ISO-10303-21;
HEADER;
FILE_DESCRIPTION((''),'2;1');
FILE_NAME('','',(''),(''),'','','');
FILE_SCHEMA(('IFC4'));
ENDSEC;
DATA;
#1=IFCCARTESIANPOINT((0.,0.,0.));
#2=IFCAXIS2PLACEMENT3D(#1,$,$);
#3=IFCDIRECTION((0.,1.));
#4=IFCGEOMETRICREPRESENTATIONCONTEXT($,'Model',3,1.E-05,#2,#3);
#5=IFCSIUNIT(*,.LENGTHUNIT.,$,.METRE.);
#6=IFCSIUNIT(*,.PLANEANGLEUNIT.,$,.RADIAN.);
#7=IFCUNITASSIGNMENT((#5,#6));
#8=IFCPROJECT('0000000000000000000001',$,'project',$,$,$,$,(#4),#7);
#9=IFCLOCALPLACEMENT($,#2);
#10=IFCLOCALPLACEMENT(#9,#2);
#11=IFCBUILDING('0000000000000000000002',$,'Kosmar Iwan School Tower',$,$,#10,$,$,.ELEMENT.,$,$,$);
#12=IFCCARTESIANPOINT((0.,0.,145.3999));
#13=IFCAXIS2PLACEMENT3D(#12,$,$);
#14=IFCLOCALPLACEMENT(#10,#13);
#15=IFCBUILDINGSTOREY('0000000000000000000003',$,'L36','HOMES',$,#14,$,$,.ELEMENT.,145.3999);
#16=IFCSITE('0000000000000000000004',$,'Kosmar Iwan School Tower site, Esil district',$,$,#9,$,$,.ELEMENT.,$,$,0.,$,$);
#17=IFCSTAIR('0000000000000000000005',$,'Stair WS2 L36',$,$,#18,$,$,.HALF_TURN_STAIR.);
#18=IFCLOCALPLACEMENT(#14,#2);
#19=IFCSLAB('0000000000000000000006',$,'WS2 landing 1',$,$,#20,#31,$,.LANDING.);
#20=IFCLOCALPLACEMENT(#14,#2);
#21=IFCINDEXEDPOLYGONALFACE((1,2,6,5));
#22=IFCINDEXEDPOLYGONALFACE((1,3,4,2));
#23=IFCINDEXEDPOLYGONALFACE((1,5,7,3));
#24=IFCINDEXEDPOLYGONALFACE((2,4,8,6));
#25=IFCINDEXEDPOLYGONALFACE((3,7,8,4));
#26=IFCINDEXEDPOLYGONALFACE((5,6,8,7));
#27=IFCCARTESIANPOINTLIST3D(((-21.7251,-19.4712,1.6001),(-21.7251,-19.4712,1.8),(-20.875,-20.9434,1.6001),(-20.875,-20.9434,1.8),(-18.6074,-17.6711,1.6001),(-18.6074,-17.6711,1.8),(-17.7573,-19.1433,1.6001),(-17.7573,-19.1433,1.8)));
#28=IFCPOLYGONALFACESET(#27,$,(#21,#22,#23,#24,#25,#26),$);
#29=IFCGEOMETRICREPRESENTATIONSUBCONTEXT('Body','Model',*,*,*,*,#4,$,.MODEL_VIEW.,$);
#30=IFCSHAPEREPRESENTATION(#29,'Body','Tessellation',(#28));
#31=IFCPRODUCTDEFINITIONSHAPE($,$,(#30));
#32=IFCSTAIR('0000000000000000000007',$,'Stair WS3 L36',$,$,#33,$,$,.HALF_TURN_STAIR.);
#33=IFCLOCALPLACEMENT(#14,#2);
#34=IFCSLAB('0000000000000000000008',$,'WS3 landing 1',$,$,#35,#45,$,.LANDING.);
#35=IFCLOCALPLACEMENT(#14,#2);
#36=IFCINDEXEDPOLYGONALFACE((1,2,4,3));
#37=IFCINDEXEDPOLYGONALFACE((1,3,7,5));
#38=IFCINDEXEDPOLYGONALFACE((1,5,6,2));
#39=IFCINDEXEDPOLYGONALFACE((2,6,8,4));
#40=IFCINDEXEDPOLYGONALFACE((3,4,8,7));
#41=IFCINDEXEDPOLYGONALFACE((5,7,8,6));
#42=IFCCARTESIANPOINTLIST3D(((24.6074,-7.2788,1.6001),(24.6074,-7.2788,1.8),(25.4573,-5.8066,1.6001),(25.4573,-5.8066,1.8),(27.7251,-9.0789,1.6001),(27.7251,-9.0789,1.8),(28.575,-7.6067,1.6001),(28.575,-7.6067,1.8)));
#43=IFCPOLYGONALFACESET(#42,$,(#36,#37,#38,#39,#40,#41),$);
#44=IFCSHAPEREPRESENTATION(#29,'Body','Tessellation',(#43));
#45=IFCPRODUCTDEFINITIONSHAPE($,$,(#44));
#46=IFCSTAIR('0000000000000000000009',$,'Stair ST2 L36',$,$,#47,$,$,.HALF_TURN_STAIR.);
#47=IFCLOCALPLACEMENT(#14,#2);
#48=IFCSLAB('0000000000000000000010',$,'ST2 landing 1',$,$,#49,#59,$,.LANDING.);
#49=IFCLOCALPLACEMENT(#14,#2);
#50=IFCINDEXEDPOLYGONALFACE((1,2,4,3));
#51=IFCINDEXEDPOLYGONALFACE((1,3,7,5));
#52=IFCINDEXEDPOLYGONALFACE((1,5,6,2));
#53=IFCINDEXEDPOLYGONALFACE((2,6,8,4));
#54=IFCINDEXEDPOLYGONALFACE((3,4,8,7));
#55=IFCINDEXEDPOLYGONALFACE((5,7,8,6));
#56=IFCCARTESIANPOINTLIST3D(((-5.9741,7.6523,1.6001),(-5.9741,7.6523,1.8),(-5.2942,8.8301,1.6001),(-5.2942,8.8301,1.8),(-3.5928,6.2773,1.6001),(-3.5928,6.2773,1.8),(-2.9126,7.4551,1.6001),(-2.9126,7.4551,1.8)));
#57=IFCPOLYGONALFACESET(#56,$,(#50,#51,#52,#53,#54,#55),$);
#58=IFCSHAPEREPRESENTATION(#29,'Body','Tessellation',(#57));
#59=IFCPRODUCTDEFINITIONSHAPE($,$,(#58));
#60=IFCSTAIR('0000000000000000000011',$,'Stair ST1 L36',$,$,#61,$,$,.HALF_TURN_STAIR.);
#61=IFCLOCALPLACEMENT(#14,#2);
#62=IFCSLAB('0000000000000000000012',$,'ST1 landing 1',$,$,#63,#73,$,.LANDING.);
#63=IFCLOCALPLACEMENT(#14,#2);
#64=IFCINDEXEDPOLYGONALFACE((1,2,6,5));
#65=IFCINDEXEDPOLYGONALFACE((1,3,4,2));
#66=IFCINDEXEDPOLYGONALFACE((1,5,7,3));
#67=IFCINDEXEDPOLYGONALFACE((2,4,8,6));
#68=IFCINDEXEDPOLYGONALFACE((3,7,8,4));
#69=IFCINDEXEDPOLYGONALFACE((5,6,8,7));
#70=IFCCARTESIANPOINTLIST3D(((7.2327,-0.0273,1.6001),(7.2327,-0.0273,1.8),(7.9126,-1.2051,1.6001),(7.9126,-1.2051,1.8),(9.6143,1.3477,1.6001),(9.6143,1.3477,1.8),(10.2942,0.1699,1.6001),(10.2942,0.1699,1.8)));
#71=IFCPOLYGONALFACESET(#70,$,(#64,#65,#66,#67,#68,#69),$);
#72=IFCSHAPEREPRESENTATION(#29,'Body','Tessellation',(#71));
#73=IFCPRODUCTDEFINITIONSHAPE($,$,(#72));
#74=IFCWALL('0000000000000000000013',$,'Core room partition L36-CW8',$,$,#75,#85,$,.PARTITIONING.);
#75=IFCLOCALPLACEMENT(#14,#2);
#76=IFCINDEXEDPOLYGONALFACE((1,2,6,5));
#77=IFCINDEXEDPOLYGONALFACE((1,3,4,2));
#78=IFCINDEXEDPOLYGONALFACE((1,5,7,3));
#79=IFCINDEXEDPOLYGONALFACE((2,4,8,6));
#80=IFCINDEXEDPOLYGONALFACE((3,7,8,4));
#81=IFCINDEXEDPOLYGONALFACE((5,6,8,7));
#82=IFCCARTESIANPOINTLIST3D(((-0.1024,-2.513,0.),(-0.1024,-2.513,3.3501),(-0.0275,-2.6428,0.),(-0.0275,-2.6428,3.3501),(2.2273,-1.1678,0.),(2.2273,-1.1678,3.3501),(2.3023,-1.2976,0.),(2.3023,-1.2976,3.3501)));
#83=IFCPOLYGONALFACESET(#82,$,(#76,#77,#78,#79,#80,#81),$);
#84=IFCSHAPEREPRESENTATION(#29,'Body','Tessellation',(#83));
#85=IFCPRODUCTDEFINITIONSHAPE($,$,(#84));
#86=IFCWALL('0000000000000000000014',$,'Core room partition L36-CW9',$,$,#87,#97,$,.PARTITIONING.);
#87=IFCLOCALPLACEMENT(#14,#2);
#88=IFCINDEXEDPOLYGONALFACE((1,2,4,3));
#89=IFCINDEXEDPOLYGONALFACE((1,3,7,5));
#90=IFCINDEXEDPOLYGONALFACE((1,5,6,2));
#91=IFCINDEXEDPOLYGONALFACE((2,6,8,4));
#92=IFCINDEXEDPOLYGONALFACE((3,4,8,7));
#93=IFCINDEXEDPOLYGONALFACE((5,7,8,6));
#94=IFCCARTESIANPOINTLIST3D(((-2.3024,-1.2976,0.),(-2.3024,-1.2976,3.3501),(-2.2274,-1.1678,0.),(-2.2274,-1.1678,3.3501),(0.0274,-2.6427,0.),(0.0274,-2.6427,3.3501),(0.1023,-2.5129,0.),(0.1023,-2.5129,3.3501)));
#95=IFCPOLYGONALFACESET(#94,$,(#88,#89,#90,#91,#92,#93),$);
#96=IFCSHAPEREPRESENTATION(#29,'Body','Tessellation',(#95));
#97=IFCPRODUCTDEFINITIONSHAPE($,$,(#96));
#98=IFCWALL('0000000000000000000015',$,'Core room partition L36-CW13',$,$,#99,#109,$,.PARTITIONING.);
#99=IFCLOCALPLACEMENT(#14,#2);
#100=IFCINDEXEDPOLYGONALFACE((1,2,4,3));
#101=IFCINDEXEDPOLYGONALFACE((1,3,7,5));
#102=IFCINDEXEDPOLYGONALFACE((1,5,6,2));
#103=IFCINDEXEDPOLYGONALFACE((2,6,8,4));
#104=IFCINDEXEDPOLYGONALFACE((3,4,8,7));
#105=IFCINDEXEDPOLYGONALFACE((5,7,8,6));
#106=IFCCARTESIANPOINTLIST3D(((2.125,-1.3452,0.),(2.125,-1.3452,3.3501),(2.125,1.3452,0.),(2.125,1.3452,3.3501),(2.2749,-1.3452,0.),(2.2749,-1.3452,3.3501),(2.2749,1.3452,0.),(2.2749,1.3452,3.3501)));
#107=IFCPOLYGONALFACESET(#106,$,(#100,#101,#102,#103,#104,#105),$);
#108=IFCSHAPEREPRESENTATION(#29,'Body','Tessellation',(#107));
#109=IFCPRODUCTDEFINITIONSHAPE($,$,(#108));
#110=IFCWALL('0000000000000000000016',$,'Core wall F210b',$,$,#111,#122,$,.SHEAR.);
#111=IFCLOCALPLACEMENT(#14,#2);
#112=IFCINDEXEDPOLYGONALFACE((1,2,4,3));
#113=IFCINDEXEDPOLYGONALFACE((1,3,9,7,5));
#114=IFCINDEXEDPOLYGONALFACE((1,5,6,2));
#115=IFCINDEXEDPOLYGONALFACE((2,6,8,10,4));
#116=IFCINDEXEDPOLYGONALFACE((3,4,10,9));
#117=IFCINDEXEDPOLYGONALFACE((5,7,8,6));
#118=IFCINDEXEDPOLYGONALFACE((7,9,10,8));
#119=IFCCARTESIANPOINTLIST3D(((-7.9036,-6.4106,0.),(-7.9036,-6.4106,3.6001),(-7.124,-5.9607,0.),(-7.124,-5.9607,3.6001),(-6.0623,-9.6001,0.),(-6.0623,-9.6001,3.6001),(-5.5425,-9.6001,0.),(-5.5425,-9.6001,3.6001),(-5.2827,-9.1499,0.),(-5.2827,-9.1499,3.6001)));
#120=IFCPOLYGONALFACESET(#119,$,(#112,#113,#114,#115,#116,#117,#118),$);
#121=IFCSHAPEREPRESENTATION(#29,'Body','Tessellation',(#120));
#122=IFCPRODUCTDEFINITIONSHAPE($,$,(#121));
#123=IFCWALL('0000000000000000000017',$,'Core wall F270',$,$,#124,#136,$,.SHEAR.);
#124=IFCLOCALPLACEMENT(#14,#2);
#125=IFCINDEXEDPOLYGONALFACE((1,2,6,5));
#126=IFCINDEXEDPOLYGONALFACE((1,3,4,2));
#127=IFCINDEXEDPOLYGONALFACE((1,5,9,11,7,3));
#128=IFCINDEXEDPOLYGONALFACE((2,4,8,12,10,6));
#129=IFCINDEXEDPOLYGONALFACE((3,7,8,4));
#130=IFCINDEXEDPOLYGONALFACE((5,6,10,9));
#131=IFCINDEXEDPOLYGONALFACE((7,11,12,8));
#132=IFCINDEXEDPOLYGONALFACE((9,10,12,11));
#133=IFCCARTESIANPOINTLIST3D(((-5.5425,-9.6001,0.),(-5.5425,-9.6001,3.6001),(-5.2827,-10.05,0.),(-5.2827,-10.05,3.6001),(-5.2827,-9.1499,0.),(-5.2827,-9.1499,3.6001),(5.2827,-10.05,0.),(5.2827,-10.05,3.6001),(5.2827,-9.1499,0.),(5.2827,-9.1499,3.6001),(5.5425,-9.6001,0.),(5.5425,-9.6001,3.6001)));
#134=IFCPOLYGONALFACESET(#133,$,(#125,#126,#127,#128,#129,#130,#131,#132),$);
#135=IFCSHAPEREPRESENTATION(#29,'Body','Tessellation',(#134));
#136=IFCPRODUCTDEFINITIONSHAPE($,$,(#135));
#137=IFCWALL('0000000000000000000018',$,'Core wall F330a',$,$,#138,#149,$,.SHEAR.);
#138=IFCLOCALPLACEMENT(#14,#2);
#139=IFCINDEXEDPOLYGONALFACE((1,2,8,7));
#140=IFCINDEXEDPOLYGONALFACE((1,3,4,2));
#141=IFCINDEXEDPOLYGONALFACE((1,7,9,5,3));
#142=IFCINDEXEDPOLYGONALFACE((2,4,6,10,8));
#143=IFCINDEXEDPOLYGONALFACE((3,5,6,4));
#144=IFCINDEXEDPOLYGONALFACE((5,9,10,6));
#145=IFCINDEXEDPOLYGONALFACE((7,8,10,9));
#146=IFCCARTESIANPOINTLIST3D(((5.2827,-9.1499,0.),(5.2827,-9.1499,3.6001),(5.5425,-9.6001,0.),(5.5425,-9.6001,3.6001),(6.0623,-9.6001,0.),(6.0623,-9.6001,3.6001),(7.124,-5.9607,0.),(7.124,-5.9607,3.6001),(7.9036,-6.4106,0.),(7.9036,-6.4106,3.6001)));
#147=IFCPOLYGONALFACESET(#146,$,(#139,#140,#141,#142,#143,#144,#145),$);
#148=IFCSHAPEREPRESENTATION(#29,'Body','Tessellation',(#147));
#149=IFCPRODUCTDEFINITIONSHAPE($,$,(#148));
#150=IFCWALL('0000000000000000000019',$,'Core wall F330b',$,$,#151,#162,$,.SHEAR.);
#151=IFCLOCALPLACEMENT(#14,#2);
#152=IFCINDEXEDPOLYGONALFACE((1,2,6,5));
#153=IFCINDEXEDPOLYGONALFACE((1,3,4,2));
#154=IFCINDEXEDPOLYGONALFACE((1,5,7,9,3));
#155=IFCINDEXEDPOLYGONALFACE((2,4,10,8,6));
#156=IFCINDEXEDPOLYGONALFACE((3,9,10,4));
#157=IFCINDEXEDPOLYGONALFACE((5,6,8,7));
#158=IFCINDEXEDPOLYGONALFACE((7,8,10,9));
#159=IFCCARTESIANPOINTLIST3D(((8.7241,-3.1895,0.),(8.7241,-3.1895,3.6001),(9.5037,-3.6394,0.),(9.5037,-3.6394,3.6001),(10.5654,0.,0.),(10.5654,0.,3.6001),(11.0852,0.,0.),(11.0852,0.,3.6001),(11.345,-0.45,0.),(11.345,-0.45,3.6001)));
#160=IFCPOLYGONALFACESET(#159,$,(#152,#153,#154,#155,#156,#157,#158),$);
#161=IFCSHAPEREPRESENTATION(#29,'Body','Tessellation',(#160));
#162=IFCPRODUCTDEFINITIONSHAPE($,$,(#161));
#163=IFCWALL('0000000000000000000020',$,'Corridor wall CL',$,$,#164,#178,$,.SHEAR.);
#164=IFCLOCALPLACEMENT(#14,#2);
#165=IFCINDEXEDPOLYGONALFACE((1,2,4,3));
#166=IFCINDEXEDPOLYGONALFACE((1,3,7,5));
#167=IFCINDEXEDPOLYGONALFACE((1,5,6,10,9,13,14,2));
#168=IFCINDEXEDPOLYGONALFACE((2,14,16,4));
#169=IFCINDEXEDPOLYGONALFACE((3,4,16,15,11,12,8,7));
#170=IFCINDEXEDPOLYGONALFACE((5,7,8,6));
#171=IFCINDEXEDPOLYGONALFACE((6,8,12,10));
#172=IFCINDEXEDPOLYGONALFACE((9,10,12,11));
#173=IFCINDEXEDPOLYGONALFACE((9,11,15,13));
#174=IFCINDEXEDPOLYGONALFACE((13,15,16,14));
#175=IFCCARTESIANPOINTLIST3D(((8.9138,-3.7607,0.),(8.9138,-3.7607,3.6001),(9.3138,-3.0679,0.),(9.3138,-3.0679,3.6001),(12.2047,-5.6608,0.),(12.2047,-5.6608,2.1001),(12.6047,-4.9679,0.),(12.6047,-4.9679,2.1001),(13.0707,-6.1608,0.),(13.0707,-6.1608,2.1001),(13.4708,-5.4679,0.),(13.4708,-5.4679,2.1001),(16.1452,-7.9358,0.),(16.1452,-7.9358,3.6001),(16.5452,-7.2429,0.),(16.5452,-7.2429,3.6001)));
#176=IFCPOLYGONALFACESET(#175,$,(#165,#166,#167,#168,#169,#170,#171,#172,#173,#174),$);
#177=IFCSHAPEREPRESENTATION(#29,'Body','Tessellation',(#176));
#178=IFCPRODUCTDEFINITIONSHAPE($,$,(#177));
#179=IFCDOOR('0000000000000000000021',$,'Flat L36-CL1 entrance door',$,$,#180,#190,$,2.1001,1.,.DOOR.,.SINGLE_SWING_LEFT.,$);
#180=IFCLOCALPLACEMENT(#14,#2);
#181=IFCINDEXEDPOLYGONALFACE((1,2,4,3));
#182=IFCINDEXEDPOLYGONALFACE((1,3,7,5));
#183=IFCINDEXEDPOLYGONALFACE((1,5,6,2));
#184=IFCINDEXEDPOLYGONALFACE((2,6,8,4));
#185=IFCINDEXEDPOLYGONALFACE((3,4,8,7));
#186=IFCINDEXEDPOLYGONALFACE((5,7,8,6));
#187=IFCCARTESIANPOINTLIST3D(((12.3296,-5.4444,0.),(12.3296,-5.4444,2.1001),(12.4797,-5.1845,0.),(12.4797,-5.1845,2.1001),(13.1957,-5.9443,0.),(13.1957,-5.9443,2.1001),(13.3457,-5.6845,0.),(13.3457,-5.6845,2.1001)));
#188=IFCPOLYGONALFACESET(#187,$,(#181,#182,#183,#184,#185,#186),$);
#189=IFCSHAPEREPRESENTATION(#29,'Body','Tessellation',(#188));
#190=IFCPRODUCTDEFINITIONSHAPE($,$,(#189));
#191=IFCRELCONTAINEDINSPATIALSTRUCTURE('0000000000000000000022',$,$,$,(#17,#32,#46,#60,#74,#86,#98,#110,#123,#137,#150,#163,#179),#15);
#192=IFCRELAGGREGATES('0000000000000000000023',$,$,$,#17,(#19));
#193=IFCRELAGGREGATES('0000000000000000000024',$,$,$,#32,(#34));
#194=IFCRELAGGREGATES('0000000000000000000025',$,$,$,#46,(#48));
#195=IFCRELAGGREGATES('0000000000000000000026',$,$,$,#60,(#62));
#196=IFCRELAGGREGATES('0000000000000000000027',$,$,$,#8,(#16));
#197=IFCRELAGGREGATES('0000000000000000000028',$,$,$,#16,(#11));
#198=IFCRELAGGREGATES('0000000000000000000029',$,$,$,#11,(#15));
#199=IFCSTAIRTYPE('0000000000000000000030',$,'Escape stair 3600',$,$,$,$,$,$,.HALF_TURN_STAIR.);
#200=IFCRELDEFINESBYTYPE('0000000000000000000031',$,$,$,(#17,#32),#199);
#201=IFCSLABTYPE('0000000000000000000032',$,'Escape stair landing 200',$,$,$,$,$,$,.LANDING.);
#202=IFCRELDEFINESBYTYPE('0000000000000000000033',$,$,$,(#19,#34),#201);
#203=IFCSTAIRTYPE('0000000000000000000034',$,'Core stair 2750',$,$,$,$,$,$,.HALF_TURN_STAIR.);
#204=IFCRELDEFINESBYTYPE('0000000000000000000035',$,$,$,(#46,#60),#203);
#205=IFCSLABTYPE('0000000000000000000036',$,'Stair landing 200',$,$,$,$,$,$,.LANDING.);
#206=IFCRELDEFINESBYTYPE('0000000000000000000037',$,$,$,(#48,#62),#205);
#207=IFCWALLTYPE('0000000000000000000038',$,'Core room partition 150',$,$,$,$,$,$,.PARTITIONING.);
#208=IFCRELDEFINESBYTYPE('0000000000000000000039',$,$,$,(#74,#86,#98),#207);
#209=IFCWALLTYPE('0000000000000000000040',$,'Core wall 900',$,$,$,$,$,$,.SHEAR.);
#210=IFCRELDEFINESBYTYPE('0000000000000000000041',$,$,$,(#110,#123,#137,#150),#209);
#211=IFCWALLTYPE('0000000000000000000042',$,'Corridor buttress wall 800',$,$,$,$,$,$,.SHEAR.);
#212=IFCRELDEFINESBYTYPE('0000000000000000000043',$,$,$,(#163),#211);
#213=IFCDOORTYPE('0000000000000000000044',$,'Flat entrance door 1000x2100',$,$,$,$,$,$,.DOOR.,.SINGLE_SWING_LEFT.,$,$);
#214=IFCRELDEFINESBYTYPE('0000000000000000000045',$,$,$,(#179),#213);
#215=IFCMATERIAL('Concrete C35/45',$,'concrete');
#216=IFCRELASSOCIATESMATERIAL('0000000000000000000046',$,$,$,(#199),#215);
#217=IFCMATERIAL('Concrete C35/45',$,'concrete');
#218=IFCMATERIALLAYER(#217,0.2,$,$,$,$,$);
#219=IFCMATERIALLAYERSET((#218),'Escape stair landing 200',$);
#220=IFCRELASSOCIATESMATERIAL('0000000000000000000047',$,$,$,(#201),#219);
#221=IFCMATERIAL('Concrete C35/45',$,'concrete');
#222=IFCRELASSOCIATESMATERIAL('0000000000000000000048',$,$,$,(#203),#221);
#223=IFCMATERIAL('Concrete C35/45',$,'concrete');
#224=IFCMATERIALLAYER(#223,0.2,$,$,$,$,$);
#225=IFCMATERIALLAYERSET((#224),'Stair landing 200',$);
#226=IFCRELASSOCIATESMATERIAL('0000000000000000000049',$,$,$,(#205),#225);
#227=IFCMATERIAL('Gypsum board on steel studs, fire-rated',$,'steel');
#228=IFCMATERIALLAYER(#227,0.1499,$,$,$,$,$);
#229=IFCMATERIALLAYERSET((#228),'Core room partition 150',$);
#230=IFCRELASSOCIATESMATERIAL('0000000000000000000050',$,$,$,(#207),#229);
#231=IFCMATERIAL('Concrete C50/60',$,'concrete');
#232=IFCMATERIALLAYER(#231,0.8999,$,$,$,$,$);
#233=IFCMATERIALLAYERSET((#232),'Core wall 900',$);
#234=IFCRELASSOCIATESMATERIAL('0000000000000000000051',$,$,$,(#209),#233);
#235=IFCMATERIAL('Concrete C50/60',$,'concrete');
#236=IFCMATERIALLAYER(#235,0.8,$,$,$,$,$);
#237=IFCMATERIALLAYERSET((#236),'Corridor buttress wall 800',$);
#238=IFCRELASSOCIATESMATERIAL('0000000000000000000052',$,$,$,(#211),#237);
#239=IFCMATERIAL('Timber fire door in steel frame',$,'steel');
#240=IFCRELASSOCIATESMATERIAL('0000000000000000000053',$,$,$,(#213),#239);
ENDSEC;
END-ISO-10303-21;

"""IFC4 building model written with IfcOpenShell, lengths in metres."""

from ifc_helpers import new_model, si_unit, direction, frame, frame_2d, origin, place, context, subcontext, project, spatial, polyline, rectangle, outline, extrude, material, layer, layer_set, type_object, element, fill, aggregate, save


model = new_model("IFC4")

# Units and contexts
model_context = context("Model", 3, precision=1e-05, world=origin(), true_north=direction((0.0, 1.0)))
body_context = subcontext(model_context, "Body", "Model", "MODEL_VIEW")
ifc_project = project(units=[si_unit("LENGTHUNIT", "METRE"), si_unit("PLANEANGLEUNIT", "RADIAN")], contexts=[model_context])

# Site, building, storey
site_placement = place(None, origin())
site = spatial("IfcSite", under=ifc_project, at=site_placement, Name="Kosmar Iwan School Tower site, Esil district", CompositionType="ELEMENT", RefElevation=0.0)
building_placement = place(site_placement, origin())
building = spatial("IfcBuilding", under=site, at=building_placement, Name="Kosmar Iwan School Tower", CompositionType="ELEMENT")
storey_placement = place(building_placement, frame((0.0, 0.0, 145.3999)))
storey = spatial("IfcBuildingStorey", under=building, at=storey_placement, Name="L36", Description="HOMES", CompositionType="ELEMENT", Elevation=145.3999)

# Stairs, slabs
ifc_material_1 = material(Name="Concrete C35/45", Category="concrete")
stair_type_1 = type_object("IfcStairType", Name="Escape stair 3600", PredefinedType="HALF_TURN_STAIR", material=ifc_material_1)
stair_1_placement = place(storey_placement, origin())
stair_1 = element("IfcStair", 1, at=stair_1_placement, inside=storey, type_object=stair_type_1, Name="Stair WS2 L36", PredefinedType="HALF_TURN_STAIR")
ifc_material_2 = material(Name="Concrete C35/45", Category="concrete")
ifc_layer_1 = layer(ifc_material_2, 0.2)
ifc_layer_set_1 = layer_set([ifc_layer_1], Name="Escape stair landing 200")
slab_type_1 = type_object("IfcSlabType", Name="Escape stair landing 200", PredefinedType="LANDING", material=ifc_layer_set_1)
slab_1_placement = place(storey_placement, frame((0.0, 0.0, 1.6001)))
slab_1 = element("IfcSlab", 2, at=slab_1_placement, type_object=slab_type_1, Name="WS2 landing 1", PredefinedType="LANDING", context=body_context, shape_type="SweptSolid", body=[
    extrude(outline(polyline([(-18.6074, -17.6711), (-21.7251, -19.4712), (-20.875, -20.9434), (-17.7573, -19.1433), (-18.6074, -17.6711)])), origin(), (0.0, 0.0, 1.0), 0.2),
])
aggregate(stair_1, [slab_1])
stair_2_placement = place(storey_placement, origin())
stair_2 = element("IfcStair", 3, at=stair_2_placement, inside=storey, type_object=stair_type_1, Name="Stair WS3 L36", PredefinedType="HALF_TURN_STAIR")
slab_2_placement = place(storey_placement, frame((0.0, 0.0, 1.6001)))
slab_2 = element("IfcSlab", 4, at=slab_2_placement, type_object=slab_type_1, Name="WS3 landing 1", PredefinedType="LANDING", context=body_context, shape_type="SweptSolid", body=[
    extrude(outline(polyline([(24.6074, -7.2788), (27.7251, -9.0789), (28.575, -7.6067), (25.4573, -5.8066), (24.6074, -7.2788)])), origin(), (0.0, 0.0, 1.0), 0.2),
])
aggregate(stair_2, [slab_2])
ifc_material_3 = material(Name="Concrete C35/45", Category="concrete")
stair_type_2 = type_object("IfcStairType", Name="Core stair 2750", PredefinedType="HALF_TURN_STAIR", material=ifc_material_3)
stair_3_placement = place(storey_placement, origin())
stair_3 = element("IfcStair", 5, at=stair_3_placement, inside=storey, type_object=stair_type_2, Name="Stair ST2 L36", PredefinedType="HALF_TURN_STAIR")
ifc_material_4 = material(Name="Concrete C35/45", Category="concrete")
ifc_layer_2 = layer(ifc_material_4, 0.2)
ifc_layer_set_2 = layer_set([ifc_layer_2], Name="Stair landing 200")
slab_type_2 = type_object("IfcSlabType", Name="Stair landing 200", PredefinedType="LANDING", material=ifc_layer_set_2)
slab_3_placement = place(storey_placement, frame((0.0, 0.0, 1.6001)))
slab_3 = element("IfcSlab", 6, at=slab_3_placement, type_object=slab_type_2, Name="ST2 landing 1", PredefinedType="LANDING", context=body_context, shape_type="SweptSolid", body=[
    extrude(outline(polyline([(-2.9126, 7.4551), (-5.2942, 8.8301), (-5.9741, 7.6523), (-3.5928, 6.2773), (-2.9126, 7.4551)])), origin(), (0.0, 0.0, 1.0), 0.2),
])
aggregate(stair_3, [slab_3])
stair_4_placement = place(storey_placement, origin())
stair_4 = element("IfcStair", 7, at=stair_4_placement, inside=storey, type_object=stair_type_2, Name="Stair ST1 L36", PredefinedType="HALF_TURN_STAIR")
slab_4_placement = place(storey_placement, frame((0.0, 0.0, 1.6001)))
slab_4 = element("IfcSlab", 8, at=slab_4_placement, type_object=slab_type_2, Name="ST1 landing 1", PredefinedType="LANDING", context=body_context, shape_type="SweptSolid", body=[
    extrude(outline(polyline([(7.9126, -1.2051), (10.2942, 0.1699), (9.6143, 1.3477), (7.2327, -0.0273), (7.9126, -1.2051)])), origin(), (0.0, 0.0, 1.0), 0.2),
])

# Walls
ifc_material_5 = material(Name="Gypsum board on steel studs, fire-rated", Category="steel")
ifc_layer_3 = layer(ifc_material_5, 0.1499)
ifc_layer_set_3 = layer_set([ifc_layer_3], Name="Core room partition 150")
wall_type_1 = type_object("IfcWallType", Name="Core room partition 150", PredefinedType="PARTITIONING", material=ifc_layer_set_3)
for number, where, z_axis, x_axis, name in (
    (9, (2.2649, -1.2327, 0.0), (0.0, 0.0, 1.0), (-0.866012, -0.500024, 0.0), "Core room partition L36-CW8"),
    (10, (0.0649, -2.5779, 0.0), (0.0, 0.0, 1.0), (-0.866012, 0.500024, 0.0), "Core room partition L36-CW9"),
):
    element("IfcWall", number, at=place(storey_placement, frame(where, z_axis=z_axis, x_axis=x_axis)), inside=storey, type_object=wall_type_1, Name=name, PredefinedType="PARTITIONING", context=body_context, shape_type="SweptSolid", body=[
        extrude(rectangle(XDim=2.6902, YDim=0.1499, at=frame_2d((1.3452, 0.0))), origin(), (0.0, 0.0, 1.0), 3.3501),
    ])
wall_1_placement = place(storey_placement, frame((2.2, 1.3452, 0.0), z_axis=(0.0, 0.0, 1.0), x_axis=(0.0, -1.0, 0.0)))
element("IfcWall", 11, at=wall_1_placement, inside=storey, type_object=wall_type_1, Name="Core room partition L36-CW13", PredefinedType="PARTITIONING", context=body_context, shape_type="SweptSolid", body=[
    extrude(rectangle(XDim=2.6904, YDim=0.1499, at=frame_2d((1.3452, 0.0))), origin(), (0.0, 0.0, 1.0), 3.3501),
])
ifc_material_6 = material(Name="Concrete C50/60", Category="concrete")
ifc_layer_4 = layer(ifc_material_6, 0.8999)
ifc_layer_set_4 = layer_set([ifc_layer_4], Name="Core wall 900")
wall_type_2 = type_object("IfcWallType", Name="Core wall 900", PredefinedType="SHEAR", material=ifc_layer_set_4)
wall_2_placement = place(storey_placement, origin())
element("IfcWall", 12, at=wall_2_placement, inside=storey, type_object=wall_type_2, Name="Core wall F210b", PredefinedType="SHEAR", context=body_context, shape_type="SweptSolid", body=[
    extrude(outline(polyline([(-6.0623, -9.6001), (-5.5425, -9.6001), (-5.2827, -9.1499), (-7.124, -5.9607), (-7.9036, -6.4106), (-6.0623, -9.6001)])), origin(), (0.0, 0.0, 1.0), 3.6001),
])
wall_3_placement = place(storey_placement, origin())
element("IfcWall", 13, at=wall_3_placement, inside=storey, type_object=wall_type_2, Name="Core wall F270", PredefinedType="SHEAR", context=body_context, shape_type="SweptSolid", body=[
    extrude(outline(polyline([(-5.2827, -10.05), (5.2827, -10.05), (5.5425, -9.6001), (5.2827, -9.1499), (-5.2827, -9.1499), (-5.5425, -9.6001), (-5.2827, -10.05)])), origin(), (0.0, 0.0, 1.0), 3.6001),
])
wall_4_placement = place(storey_placement, origin())
element("IfcWall", 14, at=wall_4_placement, inside=storey, type_object=wall_type_2, Name="Core wall F330a", PredefinedType="SHEAR", context=body_context, shape_type="SweptSolid", body=[
    extrude(outline(polyline([(5.5425, -9.6001), (6.0623, -9.6001), (7.9036, -6.4106), (7.124, -5.9607), (5.2827, -9.1499), (5.5425, -9.6001)])), origin(), (0.0, 0.0, 1.0), 3.6001),
])
wall_5_placement = place(storey_placement, origin())
element("IfcWall", 15, at=wall_5_placement, inside=storey, type_object=wall_type_2, Name="Core wall F330b", PredefinedType="SHEAR", context=body_context, shape_type="SweptSolid", body=[
    extrude(outline(polyline([(9.5037, -3.6394), (11.345, -0.45), (11.0852, 0.0), (10.5654, 0.0), (8.7241, -3.1895), (9.5037, -3.6394)])), origin(), (0.0, 0.0, 1.0), 3.6001),
])

# Wall, opening, door
ifc_material_7 = material(Name="Concrete C50/60", Category="concrete")
ifc_layer_5 = layer(ifc_material_7, 0.8)
ifc_layer_set_5 = layer_set([ifc_layer_5], Name="Corridor buttress wall 800")
wall_type_3 = type_object("IfcWallType", Name="Corridor buttress wall 800", PredefinedType="SHEAR", material=ifc_layer_set_5)
wall_6_placement = place(storey_placement, frame((9.1138, -3.4143, 0.0), z_axis=(0.0, 0.0, 1.0), x_axis=(0.866027, -0.499997, 0.0)))
wall_6 = element("IfcWall", 16, at=wall_6_placement, inside=storey, type_object=wall_type_3, Name="Corridor wall CL", PredefinedType="SHEAR", context=body_context, shape_type="SweptSolid", body=[
    extrude(rectangle(XDim=8.3501, YDim=0.8, at=frame_2d((4.175, 0.0))), origin(), (0.0, 0.0, 1.0), 3.6001),
])
opening_1_placement = place(wall_6_placement, frame((3.8, 0.0, 0.0)))
opening_1 = element("IfcOpeningElement", 17, at=opening_1_placement, cuts=wall_6, PredefinedType="OPENING", context=body_context, shape_type="SweptSolid", body=[
    extrude(rectangle(XDim=1.0, YDim=2.1001, at=frame_2d((0.5, 1.05))), frame((0.0, 0.4121, 0.0), z_axis=(0.0, -1.0, 0.0), x_axis=(1.0, 0.0, 0.0)), (0.0, 0.0, 1.0), 0.824),
])
ifc_material_8 = material(Name="Timber fire door in steel frame", Category="steel")
door_type_1 = type_object("IfcDoorType", Name="Flat entrance door 1000x2100", OperationType="SINGLE_SWING_LEFT", PredefinedType="DOOR", material=ifc_material_8)
door_1_placement = place(opening_1_placement, origin())
door_1 = element("IfcDoor", 18, at=door_1_placement, inside=storey, type_object=door_type_1, Name="Flat L36-CL1 entrance door", OperationType="SINGLE_SWING_LEFT", OverallHeight=2.1001, OverallWidth=1.0, PredefinedType="DOOR", context=body_context, shape_type="SweptSolid", body=[
    extrude(rectangle(XDim=1.0, YDim=2.1001, at=frame_2d((0.5, 1.05))), frame((0.0, 0.1499, 0.0), z_axis=(0.0, -1.0, 0.0), x_axis=(1.0, 0.0, 0.0)), (0.0, 0.0, 1.0), 0.3),
])
fill(opening_1, door_1)

aggregate(stair_4, [slab_4])

save(model, "model.ifc")
